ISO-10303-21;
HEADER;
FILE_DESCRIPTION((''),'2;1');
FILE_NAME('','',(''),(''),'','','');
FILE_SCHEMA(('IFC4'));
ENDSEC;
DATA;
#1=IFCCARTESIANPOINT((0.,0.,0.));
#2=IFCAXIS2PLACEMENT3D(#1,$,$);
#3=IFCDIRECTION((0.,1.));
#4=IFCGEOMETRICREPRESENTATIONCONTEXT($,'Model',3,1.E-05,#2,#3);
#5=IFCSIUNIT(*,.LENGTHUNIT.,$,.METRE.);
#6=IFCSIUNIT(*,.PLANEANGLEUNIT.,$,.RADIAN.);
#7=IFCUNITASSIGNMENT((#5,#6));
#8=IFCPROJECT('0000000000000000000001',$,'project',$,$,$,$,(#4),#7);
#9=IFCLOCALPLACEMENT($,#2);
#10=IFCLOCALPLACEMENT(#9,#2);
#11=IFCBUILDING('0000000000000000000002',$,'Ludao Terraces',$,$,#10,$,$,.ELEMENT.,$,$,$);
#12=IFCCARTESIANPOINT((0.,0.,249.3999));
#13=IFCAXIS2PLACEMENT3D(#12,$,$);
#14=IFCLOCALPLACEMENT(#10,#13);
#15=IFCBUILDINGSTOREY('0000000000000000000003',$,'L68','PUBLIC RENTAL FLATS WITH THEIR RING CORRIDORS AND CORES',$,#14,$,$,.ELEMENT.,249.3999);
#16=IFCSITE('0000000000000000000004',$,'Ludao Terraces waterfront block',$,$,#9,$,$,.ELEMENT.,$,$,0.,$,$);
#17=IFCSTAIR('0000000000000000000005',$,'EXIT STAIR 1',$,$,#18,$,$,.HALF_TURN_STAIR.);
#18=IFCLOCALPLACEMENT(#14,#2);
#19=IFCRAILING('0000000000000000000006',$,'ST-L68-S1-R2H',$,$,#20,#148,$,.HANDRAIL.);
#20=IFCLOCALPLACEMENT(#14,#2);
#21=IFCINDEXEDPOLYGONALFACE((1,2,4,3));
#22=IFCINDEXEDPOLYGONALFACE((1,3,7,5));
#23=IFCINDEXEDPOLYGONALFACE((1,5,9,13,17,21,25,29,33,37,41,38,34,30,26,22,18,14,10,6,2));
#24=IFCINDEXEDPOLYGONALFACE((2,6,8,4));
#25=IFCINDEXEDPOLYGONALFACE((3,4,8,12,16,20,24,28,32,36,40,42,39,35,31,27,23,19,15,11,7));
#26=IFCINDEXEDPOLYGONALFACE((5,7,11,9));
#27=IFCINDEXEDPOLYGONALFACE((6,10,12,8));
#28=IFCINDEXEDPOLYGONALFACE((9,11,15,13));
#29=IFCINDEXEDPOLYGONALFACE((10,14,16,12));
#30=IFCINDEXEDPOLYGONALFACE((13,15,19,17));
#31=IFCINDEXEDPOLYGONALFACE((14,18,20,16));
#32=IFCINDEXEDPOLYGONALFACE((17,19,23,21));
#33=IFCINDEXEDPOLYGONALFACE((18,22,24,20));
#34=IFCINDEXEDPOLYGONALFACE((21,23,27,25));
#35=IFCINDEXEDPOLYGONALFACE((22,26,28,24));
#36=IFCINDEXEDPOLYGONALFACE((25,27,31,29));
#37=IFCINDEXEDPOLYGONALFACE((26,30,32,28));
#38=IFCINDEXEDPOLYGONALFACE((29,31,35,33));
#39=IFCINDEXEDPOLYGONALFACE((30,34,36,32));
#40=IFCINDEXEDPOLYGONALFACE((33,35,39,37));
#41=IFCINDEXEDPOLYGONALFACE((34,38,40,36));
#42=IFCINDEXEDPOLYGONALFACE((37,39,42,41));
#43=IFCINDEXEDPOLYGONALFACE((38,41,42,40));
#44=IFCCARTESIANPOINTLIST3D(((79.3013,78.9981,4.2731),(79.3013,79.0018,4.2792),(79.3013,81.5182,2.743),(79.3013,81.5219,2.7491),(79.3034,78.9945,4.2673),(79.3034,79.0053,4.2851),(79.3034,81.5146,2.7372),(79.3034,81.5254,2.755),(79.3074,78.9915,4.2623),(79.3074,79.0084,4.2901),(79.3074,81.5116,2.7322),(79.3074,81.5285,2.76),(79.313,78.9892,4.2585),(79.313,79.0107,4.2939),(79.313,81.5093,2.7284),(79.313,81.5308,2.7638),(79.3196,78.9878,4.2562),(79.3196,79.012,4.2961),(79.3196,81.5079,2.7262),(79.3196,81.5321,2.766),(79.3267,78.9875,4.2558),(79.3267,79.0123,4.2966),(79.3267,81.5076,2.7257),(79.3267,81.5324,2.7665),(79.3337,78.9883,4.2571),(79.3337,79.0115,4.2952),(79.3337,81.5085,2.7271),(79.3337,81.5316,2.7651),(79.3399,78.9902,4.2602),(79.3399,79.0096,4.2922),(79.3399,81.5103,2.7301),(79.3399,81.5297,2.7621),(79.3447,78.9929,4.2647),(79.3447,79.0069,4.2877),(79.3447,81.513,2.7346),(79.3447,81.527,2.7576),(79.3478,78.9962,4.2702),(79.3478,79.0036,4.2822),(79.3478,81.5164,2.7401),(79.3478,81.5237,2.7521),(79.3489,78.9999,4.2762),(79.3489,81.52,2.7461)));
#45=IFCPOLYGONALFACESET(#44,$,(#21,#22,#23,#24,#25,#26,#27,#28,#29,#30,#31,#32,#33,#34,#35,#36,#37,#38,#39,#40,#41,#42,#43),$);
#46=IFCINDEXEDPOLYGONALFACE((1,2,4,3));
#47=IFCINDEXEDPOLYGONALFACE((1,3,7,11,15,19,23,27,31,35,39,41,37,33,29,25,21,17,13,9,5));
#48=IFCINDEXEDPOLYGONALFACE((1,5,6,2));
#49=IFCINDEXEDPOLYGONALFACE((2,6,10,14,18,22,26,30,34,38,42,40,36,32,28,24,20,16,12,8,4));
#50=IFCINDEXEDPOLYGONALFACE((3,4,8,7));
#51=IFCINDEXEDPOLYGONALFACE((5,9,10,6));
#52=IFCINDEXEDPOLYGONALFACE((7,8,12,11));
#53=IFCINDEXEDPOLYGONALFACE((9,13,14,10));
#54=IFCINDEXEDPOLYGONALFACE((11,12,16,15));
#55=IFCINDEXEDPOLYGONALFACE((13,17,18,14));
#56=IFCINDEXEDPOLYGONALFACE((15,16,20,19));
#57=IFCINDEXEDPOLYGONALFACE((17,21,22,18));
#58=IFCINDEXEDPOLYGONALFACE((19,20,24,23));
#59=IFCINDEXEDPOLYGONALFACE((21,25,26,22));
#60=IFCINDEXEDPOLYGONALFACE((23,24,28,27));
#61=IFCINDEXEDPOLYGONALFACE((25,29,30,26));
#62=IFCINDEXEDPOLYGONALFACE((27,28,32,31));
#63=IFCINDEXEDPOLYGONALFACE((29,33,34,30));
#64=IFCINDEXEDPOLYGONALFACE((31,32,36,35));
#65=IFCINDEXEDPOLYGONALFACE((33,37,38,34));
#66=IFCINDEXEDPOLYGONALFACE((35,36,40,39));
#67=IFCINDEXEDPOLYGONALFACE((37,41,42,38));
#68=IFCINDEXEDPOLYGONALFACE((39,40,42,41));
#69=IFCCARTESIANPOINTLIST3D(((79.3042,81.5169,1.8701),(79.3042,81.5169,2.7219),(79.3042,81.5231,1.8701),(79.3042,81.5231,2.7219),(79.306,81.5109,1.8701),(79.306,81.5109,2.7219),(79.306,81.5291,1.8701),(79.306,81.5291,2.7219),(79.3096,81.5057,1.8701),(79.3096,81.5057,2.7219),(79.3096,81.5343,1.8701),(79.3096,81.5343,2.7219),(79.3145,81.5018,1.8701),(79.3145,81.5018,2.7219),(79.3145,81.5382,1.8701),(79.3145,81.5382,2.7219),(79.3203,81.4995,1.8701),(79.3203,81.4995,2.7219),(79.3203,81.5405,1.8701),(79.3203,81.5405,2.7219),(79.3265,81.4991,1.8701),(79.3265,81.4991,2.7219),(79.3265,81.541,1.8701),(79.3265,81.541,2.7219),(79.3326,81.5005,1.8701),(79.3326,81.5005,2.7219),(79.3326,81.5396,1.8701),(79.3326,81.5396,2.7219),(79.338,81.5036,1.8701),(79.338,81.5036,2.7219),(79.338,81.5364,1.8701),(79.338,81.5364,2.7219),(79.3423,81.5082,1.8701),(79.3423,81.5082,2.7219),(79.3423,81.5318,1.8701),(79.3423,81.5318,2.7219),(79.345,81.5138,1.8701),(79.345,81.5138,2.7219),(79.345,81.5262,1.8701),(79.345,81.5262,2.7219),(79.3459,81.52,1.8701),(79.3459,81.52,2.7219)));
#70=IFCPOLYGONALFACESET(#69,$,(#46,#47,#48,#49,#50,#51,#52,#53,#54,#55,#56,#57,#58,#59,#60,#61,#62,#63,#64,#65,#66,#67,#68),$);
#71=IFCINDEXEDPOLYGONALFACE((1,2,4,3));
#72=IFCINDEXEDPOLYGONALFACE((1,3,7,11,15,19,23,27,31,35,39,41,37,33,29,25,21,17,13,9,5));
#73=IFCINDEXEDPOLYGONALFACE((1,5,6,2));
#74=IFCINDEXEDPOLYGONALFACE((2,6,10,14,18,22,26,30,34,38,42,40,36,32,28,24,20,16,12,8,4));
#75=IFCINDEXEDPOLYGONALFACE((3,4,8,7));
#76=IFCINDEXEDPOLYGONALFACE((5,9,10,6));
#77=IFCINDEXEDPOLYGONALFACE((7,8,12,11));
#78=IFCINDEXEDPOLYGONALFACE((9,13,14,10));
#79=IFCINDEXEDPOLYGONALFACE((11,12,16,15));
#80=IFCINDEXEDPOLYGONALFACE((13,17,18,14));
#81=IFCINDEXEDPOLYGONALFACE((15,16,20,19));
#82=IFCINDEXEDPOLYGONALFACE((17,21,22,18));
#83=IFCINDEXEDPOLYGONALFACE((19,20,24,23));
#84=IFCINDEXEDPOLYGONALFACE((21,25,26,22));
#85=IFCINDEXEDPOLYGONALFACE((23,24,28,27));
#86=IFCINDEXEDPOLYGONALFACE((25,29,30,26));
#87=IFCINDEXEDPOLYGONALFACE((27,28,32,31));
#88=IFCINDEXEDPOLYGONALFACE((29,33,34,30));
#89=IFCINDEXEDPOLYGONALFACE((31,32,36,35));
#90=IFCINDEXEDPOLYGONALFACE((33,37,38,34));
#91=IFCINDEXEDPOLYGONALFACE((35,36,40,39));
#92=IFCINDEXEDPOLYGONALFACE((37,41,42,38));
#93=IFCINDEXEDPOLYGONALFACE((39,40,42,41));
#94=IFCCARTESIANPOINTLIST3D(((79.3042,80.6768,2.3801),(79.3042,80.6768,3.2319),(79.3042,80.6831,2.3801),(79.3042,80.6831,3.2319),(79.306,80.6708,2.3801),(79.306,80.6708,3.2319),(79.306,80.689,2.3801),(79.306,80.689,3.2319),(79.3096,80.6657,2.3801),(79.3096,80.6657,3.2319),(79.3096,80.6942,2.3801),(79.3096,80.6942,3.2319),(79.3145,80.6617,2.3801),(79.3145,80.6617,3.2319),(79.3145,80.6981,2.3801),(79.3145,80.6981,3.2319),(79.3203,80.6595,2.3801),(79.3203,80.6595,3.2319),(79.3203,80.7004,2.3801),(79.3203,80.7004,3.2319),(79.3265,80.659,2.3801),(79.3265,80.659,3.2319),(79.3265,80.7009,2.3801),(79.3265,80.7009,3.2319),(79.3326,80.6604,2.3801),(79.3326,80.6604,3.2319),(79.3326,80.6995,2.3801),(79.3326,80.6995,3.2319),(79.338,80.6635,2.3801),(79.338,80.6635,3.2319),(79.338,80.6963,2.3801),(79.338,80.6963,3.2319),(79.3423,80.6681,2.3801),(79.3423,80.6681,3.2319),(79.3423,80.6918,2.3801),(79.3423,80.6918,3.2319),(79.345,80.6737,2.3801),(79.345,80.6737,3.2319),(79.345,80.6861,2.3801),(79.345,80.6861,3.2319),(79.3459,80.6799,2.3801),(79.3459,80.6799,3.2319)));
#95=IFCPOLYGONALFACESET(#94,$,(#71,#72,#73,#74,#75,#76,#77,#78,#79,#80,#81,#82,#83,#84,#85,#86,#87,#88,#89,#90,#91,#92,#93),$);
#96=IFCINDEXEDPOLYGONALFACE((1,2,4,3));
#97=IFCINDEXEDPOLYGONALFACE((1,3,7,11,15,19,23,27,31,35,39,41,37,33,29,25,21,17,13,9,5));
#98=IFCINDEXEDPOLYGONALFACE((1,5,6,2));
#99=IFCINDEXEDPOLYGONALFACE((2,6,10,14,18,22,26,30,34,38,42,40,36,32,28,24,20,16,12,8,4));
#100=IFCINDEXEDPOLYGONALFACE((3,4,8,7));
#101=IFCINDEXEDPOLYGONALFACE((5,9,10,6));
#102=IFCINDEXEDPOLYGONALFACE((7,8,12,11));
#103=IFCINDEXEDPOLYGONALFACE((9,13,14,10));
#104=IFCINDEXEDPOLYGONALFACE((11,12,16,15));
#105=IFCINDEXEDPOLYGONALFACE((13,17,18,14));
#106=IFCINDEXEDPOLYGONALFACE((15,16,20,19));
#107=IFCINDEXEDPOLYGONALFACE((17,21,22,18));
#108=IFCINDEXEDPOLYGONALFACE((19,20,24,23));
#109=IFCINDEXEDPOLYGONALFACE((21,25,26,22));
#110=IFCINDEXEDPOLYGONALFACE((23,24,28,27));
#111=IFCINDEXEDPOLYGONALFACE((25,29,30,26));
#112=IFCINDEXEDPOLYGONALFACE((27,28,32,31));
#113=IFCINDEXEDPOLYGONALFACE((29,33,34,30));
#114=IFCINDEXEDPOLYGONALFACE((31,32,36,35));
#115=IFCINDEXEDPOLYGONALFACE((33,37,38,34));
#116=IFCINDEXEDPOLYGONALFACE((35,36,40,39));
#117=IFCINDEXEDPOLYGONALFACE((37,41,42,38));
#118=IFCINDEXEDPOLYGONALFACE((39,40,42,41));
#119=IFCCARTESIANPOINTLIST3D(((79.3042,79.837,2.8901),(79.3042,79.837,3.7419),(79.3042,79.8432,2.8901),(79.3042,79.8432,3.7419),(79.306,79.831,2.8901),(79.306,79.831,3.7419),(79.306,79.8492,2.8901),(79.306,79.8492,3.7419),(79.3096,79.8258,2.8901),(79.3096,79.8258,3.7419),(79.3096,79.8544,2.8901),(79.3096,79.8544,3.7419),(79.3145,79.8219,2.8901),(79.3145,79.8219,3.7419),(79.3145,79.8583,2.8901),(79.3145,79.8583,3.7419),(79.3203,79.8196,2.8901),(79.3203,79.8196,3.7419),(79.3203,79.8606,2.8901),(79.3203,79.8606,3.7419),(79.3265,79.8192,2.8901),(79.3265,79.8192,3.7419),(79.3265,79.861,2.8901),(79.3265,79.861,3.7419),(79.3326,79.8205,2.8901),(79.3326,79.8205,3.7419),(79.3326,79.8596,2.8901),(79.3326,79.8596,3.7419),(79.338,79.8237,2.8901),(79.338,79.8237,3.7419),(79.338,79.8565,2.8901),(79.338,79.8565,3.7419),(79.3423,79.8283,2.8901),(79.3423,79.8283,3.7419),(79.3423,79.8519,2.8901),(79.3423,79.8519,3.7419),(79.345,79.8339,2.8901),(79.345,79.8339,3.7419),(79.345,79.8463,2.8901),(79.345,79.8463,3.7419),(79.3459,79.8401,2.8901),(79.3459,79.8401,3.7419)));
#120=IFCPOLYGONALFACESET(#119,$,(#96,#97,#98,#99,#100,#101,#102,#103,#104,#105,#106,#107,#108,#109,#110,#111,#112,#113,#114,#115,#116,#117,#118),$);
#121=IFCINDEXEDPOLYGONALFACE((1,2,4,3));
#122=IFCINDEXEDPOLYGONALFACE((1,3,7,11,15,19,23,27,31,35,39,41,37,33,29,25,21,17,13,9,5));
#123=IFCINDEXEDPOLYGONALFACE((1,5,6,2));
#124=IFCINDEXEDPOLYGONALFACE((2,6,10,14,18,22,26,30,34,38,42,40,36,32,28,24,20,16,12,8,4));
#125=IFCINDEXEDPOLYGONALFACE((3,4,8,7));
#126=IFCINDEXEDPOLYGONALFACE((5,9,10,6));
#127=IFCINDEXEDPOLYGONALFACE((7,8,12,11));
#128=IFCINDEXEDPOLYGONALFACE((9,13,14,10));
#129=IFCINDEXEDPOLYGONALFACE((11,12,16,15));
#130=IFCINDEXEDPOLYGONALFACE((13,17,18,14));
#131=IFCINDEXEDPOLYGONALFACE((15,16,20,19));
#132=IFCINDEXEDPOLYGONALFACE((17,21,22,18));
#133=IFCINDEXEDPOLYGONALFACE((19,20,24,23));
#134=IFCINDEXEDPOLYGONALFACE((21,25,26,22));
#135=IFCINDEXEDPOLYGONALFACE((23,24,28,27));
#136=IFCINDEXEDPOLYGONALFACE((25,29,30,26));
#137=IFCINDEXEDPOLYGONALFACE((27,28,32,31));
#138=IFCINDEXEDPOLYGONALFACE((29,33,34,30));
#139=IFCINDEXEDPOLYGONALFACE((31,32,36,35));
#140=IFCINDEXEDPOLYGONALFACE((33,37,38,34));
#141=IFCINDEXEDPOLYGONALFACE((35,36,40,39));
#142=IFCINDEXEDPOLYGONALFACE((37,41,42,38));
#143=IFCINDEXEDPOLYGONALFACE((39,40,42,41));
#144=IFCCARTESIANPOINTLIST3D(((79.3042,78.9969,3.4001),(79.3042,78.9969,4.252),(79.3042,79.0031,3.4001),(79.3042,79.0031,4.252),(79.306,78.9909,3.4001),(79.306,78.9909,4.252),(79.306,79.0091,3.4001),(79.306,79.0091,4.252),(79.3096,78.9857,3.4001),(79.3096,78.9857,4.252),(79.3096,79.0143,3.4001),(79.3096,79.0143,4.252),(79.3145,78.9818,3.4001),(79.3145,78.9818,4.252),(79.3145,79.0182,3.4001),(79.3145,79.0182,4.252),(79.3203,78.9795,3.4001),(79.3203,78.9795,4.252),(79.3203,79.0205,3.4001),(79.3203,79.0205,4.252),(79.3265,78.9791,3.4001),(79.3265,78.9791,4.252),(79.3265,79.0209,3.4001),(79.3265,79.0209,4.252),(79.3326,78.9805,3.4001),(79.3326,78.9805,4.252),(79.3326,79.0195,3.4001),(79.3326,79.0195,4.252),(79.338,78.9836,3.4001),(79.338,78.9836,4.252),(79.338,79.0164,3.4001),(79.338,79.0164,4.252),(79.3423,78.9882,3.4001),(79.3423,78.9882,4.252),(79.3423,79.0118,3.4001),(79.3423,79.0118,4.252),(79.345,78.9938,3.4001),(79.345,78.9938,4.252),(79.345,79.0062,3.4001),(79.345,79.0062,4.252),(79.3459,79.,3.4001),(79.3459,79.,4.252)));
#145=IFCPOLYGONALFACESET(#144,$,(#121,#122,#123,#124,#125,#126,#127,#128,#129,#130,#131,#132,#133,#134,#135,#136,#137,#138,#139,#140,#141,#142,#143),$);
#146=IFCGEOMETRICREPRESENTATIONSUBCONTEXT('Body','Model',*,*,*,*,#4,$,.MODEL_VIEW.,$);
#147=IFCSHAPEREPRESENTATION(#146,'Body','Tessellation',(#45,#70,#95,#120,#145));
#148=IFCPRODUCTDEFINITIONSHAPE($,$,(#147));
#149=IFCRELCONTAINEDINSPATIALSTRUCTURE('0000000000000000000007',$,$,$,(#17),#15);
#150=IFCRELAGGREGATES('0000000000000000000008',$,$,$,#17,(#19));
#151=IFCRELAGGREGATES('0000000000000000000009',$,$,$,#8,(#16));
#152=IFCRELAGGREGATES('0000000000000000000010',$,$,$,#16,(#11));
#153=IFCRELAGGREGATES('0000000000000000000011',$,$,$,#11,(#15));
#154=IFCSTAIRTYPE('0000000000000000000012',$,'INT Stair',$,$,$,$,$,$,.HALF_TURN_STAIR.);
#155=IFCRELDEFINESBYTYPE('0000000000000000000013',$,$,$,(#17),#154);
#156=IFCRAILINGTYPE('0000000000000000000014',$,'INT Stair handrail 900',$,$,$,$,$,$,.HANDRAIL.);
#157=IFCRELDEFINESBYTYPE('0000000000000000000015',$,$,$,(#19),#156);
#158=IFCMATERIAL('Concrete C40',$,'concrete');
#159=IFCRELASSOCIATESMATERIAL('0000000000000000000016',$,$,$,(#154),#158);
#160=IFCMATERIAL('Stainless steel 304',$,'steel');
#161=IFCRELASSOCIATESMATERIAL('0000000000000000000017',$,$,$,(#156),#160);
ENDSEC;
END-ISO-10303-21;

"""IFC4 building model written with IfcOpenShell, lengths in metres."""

from ifc_helpers import new_model, si_unit, direction, frame, origin, origin_2d, place, context, subcontext, project, spatial, circle, extrude, material, type_object, element, aggregate, save


model = new_model("IFC4")

# Units and contexts
model_context = context("Model", 3, precision=1e-05, world=origin(), true_north=direction((0.0, 1.0)))
body_context = subcontext(model_context, "Body", "Model", "MODEL_VIEW")
ifc_project = project(units=[si_unit("LENGTHUNIT", "METRE"), si_unit("PLANEANGLEUNIT", "RADIAN")], contexts=[model_context])

# Site, building, storey
site_placement = place(None, origin())
site = spatial("IfcSite", under=ifc_project, at=site_placement, Name="Ludao Terraces waterfront block", CompositionType="ELEMENT", RefElevation=0.0)
building_placement = place(site_placement, origin())
building = spatial("IfcBuilding", under=site, at=building_placement, Name="Ludao Terraces", CompositionType="ELEMENT")
storey_placement = place(building_placement, frame((0.0, 0.0, 249.3999)))
storey = spatial("IfcBuildingStorey", under=building, at=storey_placement, Name="L68", Description="PUBLIC RENTAL FLATS WITH THEIR RING CORRIDORS AND CORES", CompositionType="ELEMENT", Elevation=249.3999)

# Shared definitions
ifc_material_1 = material(Name="Stainless steel 304", Category="steel")

# Stair, railing
ifc_material_2 = material(Name="Concrete C40", Category="concrete")
stair_type = type_object("IfcStairType", Name="INT Stair", PredefinedType="HALF_TURN_STAIR", material=ifc_material_2)
stair_placement = place(storey_placement, origin())
stair = element("IfcStair", 1, at=stair_placement, inside=storey, type_object=stair_type, Name="EXIT STAIR 1", PredefinedType="HALF_TURN_STAIR")
railing_type_1 = type_object("IfcRailingType", Name="INT Stair handrail 900", PredefinedType="HANDRAIL", material=ifc_material_1)
railing_1_placement = place(storey_placement, frame((79.325, 81.52, 1.8701)))
railing_1 = element("IfcRailing", 2, at=railing_1_placement, type_object=railing_type_1, Name="ST-L68-S1-R2H", PredefinedType="HANDRAIL", context=body_context, shape_type="SweptSolid", body=[
    extrude(circle(Radius=0.0239, at=origin_2d()), frame((0.0, 0.0, 0.876), z_axis=(0.0, -0.854785, 0.518982), x_axis=(1.0, 0.0, 0.0)), (0.0, 0.0, 1.0), 2.9482),
    extrude(circle(Radius=0.021, at=origin_2d()), origin(), (0.0, 0.0, 1.0), 0.8518),
    extrude(circle(Radius=0.021, at=origin_2d()), frame((0.0, -0.8401, 0.51)), (0.0, 0.0, 1.0), 0.8518),
    extrude(circle(Radius=0.021, at=origin_2d()), frame((0.0, -1.6799, 1.02)), (0.0, 0.0, 1.0), 0.8518),
    extrude(circle(Radius=0.021, at=origin_2d()), frame((0.0, -2.52, 1.53)), (0.0, 0.0, 1.0), 0.8518),
])
aggregate(stair, [railing_1])

save(model, "model.ifc")
